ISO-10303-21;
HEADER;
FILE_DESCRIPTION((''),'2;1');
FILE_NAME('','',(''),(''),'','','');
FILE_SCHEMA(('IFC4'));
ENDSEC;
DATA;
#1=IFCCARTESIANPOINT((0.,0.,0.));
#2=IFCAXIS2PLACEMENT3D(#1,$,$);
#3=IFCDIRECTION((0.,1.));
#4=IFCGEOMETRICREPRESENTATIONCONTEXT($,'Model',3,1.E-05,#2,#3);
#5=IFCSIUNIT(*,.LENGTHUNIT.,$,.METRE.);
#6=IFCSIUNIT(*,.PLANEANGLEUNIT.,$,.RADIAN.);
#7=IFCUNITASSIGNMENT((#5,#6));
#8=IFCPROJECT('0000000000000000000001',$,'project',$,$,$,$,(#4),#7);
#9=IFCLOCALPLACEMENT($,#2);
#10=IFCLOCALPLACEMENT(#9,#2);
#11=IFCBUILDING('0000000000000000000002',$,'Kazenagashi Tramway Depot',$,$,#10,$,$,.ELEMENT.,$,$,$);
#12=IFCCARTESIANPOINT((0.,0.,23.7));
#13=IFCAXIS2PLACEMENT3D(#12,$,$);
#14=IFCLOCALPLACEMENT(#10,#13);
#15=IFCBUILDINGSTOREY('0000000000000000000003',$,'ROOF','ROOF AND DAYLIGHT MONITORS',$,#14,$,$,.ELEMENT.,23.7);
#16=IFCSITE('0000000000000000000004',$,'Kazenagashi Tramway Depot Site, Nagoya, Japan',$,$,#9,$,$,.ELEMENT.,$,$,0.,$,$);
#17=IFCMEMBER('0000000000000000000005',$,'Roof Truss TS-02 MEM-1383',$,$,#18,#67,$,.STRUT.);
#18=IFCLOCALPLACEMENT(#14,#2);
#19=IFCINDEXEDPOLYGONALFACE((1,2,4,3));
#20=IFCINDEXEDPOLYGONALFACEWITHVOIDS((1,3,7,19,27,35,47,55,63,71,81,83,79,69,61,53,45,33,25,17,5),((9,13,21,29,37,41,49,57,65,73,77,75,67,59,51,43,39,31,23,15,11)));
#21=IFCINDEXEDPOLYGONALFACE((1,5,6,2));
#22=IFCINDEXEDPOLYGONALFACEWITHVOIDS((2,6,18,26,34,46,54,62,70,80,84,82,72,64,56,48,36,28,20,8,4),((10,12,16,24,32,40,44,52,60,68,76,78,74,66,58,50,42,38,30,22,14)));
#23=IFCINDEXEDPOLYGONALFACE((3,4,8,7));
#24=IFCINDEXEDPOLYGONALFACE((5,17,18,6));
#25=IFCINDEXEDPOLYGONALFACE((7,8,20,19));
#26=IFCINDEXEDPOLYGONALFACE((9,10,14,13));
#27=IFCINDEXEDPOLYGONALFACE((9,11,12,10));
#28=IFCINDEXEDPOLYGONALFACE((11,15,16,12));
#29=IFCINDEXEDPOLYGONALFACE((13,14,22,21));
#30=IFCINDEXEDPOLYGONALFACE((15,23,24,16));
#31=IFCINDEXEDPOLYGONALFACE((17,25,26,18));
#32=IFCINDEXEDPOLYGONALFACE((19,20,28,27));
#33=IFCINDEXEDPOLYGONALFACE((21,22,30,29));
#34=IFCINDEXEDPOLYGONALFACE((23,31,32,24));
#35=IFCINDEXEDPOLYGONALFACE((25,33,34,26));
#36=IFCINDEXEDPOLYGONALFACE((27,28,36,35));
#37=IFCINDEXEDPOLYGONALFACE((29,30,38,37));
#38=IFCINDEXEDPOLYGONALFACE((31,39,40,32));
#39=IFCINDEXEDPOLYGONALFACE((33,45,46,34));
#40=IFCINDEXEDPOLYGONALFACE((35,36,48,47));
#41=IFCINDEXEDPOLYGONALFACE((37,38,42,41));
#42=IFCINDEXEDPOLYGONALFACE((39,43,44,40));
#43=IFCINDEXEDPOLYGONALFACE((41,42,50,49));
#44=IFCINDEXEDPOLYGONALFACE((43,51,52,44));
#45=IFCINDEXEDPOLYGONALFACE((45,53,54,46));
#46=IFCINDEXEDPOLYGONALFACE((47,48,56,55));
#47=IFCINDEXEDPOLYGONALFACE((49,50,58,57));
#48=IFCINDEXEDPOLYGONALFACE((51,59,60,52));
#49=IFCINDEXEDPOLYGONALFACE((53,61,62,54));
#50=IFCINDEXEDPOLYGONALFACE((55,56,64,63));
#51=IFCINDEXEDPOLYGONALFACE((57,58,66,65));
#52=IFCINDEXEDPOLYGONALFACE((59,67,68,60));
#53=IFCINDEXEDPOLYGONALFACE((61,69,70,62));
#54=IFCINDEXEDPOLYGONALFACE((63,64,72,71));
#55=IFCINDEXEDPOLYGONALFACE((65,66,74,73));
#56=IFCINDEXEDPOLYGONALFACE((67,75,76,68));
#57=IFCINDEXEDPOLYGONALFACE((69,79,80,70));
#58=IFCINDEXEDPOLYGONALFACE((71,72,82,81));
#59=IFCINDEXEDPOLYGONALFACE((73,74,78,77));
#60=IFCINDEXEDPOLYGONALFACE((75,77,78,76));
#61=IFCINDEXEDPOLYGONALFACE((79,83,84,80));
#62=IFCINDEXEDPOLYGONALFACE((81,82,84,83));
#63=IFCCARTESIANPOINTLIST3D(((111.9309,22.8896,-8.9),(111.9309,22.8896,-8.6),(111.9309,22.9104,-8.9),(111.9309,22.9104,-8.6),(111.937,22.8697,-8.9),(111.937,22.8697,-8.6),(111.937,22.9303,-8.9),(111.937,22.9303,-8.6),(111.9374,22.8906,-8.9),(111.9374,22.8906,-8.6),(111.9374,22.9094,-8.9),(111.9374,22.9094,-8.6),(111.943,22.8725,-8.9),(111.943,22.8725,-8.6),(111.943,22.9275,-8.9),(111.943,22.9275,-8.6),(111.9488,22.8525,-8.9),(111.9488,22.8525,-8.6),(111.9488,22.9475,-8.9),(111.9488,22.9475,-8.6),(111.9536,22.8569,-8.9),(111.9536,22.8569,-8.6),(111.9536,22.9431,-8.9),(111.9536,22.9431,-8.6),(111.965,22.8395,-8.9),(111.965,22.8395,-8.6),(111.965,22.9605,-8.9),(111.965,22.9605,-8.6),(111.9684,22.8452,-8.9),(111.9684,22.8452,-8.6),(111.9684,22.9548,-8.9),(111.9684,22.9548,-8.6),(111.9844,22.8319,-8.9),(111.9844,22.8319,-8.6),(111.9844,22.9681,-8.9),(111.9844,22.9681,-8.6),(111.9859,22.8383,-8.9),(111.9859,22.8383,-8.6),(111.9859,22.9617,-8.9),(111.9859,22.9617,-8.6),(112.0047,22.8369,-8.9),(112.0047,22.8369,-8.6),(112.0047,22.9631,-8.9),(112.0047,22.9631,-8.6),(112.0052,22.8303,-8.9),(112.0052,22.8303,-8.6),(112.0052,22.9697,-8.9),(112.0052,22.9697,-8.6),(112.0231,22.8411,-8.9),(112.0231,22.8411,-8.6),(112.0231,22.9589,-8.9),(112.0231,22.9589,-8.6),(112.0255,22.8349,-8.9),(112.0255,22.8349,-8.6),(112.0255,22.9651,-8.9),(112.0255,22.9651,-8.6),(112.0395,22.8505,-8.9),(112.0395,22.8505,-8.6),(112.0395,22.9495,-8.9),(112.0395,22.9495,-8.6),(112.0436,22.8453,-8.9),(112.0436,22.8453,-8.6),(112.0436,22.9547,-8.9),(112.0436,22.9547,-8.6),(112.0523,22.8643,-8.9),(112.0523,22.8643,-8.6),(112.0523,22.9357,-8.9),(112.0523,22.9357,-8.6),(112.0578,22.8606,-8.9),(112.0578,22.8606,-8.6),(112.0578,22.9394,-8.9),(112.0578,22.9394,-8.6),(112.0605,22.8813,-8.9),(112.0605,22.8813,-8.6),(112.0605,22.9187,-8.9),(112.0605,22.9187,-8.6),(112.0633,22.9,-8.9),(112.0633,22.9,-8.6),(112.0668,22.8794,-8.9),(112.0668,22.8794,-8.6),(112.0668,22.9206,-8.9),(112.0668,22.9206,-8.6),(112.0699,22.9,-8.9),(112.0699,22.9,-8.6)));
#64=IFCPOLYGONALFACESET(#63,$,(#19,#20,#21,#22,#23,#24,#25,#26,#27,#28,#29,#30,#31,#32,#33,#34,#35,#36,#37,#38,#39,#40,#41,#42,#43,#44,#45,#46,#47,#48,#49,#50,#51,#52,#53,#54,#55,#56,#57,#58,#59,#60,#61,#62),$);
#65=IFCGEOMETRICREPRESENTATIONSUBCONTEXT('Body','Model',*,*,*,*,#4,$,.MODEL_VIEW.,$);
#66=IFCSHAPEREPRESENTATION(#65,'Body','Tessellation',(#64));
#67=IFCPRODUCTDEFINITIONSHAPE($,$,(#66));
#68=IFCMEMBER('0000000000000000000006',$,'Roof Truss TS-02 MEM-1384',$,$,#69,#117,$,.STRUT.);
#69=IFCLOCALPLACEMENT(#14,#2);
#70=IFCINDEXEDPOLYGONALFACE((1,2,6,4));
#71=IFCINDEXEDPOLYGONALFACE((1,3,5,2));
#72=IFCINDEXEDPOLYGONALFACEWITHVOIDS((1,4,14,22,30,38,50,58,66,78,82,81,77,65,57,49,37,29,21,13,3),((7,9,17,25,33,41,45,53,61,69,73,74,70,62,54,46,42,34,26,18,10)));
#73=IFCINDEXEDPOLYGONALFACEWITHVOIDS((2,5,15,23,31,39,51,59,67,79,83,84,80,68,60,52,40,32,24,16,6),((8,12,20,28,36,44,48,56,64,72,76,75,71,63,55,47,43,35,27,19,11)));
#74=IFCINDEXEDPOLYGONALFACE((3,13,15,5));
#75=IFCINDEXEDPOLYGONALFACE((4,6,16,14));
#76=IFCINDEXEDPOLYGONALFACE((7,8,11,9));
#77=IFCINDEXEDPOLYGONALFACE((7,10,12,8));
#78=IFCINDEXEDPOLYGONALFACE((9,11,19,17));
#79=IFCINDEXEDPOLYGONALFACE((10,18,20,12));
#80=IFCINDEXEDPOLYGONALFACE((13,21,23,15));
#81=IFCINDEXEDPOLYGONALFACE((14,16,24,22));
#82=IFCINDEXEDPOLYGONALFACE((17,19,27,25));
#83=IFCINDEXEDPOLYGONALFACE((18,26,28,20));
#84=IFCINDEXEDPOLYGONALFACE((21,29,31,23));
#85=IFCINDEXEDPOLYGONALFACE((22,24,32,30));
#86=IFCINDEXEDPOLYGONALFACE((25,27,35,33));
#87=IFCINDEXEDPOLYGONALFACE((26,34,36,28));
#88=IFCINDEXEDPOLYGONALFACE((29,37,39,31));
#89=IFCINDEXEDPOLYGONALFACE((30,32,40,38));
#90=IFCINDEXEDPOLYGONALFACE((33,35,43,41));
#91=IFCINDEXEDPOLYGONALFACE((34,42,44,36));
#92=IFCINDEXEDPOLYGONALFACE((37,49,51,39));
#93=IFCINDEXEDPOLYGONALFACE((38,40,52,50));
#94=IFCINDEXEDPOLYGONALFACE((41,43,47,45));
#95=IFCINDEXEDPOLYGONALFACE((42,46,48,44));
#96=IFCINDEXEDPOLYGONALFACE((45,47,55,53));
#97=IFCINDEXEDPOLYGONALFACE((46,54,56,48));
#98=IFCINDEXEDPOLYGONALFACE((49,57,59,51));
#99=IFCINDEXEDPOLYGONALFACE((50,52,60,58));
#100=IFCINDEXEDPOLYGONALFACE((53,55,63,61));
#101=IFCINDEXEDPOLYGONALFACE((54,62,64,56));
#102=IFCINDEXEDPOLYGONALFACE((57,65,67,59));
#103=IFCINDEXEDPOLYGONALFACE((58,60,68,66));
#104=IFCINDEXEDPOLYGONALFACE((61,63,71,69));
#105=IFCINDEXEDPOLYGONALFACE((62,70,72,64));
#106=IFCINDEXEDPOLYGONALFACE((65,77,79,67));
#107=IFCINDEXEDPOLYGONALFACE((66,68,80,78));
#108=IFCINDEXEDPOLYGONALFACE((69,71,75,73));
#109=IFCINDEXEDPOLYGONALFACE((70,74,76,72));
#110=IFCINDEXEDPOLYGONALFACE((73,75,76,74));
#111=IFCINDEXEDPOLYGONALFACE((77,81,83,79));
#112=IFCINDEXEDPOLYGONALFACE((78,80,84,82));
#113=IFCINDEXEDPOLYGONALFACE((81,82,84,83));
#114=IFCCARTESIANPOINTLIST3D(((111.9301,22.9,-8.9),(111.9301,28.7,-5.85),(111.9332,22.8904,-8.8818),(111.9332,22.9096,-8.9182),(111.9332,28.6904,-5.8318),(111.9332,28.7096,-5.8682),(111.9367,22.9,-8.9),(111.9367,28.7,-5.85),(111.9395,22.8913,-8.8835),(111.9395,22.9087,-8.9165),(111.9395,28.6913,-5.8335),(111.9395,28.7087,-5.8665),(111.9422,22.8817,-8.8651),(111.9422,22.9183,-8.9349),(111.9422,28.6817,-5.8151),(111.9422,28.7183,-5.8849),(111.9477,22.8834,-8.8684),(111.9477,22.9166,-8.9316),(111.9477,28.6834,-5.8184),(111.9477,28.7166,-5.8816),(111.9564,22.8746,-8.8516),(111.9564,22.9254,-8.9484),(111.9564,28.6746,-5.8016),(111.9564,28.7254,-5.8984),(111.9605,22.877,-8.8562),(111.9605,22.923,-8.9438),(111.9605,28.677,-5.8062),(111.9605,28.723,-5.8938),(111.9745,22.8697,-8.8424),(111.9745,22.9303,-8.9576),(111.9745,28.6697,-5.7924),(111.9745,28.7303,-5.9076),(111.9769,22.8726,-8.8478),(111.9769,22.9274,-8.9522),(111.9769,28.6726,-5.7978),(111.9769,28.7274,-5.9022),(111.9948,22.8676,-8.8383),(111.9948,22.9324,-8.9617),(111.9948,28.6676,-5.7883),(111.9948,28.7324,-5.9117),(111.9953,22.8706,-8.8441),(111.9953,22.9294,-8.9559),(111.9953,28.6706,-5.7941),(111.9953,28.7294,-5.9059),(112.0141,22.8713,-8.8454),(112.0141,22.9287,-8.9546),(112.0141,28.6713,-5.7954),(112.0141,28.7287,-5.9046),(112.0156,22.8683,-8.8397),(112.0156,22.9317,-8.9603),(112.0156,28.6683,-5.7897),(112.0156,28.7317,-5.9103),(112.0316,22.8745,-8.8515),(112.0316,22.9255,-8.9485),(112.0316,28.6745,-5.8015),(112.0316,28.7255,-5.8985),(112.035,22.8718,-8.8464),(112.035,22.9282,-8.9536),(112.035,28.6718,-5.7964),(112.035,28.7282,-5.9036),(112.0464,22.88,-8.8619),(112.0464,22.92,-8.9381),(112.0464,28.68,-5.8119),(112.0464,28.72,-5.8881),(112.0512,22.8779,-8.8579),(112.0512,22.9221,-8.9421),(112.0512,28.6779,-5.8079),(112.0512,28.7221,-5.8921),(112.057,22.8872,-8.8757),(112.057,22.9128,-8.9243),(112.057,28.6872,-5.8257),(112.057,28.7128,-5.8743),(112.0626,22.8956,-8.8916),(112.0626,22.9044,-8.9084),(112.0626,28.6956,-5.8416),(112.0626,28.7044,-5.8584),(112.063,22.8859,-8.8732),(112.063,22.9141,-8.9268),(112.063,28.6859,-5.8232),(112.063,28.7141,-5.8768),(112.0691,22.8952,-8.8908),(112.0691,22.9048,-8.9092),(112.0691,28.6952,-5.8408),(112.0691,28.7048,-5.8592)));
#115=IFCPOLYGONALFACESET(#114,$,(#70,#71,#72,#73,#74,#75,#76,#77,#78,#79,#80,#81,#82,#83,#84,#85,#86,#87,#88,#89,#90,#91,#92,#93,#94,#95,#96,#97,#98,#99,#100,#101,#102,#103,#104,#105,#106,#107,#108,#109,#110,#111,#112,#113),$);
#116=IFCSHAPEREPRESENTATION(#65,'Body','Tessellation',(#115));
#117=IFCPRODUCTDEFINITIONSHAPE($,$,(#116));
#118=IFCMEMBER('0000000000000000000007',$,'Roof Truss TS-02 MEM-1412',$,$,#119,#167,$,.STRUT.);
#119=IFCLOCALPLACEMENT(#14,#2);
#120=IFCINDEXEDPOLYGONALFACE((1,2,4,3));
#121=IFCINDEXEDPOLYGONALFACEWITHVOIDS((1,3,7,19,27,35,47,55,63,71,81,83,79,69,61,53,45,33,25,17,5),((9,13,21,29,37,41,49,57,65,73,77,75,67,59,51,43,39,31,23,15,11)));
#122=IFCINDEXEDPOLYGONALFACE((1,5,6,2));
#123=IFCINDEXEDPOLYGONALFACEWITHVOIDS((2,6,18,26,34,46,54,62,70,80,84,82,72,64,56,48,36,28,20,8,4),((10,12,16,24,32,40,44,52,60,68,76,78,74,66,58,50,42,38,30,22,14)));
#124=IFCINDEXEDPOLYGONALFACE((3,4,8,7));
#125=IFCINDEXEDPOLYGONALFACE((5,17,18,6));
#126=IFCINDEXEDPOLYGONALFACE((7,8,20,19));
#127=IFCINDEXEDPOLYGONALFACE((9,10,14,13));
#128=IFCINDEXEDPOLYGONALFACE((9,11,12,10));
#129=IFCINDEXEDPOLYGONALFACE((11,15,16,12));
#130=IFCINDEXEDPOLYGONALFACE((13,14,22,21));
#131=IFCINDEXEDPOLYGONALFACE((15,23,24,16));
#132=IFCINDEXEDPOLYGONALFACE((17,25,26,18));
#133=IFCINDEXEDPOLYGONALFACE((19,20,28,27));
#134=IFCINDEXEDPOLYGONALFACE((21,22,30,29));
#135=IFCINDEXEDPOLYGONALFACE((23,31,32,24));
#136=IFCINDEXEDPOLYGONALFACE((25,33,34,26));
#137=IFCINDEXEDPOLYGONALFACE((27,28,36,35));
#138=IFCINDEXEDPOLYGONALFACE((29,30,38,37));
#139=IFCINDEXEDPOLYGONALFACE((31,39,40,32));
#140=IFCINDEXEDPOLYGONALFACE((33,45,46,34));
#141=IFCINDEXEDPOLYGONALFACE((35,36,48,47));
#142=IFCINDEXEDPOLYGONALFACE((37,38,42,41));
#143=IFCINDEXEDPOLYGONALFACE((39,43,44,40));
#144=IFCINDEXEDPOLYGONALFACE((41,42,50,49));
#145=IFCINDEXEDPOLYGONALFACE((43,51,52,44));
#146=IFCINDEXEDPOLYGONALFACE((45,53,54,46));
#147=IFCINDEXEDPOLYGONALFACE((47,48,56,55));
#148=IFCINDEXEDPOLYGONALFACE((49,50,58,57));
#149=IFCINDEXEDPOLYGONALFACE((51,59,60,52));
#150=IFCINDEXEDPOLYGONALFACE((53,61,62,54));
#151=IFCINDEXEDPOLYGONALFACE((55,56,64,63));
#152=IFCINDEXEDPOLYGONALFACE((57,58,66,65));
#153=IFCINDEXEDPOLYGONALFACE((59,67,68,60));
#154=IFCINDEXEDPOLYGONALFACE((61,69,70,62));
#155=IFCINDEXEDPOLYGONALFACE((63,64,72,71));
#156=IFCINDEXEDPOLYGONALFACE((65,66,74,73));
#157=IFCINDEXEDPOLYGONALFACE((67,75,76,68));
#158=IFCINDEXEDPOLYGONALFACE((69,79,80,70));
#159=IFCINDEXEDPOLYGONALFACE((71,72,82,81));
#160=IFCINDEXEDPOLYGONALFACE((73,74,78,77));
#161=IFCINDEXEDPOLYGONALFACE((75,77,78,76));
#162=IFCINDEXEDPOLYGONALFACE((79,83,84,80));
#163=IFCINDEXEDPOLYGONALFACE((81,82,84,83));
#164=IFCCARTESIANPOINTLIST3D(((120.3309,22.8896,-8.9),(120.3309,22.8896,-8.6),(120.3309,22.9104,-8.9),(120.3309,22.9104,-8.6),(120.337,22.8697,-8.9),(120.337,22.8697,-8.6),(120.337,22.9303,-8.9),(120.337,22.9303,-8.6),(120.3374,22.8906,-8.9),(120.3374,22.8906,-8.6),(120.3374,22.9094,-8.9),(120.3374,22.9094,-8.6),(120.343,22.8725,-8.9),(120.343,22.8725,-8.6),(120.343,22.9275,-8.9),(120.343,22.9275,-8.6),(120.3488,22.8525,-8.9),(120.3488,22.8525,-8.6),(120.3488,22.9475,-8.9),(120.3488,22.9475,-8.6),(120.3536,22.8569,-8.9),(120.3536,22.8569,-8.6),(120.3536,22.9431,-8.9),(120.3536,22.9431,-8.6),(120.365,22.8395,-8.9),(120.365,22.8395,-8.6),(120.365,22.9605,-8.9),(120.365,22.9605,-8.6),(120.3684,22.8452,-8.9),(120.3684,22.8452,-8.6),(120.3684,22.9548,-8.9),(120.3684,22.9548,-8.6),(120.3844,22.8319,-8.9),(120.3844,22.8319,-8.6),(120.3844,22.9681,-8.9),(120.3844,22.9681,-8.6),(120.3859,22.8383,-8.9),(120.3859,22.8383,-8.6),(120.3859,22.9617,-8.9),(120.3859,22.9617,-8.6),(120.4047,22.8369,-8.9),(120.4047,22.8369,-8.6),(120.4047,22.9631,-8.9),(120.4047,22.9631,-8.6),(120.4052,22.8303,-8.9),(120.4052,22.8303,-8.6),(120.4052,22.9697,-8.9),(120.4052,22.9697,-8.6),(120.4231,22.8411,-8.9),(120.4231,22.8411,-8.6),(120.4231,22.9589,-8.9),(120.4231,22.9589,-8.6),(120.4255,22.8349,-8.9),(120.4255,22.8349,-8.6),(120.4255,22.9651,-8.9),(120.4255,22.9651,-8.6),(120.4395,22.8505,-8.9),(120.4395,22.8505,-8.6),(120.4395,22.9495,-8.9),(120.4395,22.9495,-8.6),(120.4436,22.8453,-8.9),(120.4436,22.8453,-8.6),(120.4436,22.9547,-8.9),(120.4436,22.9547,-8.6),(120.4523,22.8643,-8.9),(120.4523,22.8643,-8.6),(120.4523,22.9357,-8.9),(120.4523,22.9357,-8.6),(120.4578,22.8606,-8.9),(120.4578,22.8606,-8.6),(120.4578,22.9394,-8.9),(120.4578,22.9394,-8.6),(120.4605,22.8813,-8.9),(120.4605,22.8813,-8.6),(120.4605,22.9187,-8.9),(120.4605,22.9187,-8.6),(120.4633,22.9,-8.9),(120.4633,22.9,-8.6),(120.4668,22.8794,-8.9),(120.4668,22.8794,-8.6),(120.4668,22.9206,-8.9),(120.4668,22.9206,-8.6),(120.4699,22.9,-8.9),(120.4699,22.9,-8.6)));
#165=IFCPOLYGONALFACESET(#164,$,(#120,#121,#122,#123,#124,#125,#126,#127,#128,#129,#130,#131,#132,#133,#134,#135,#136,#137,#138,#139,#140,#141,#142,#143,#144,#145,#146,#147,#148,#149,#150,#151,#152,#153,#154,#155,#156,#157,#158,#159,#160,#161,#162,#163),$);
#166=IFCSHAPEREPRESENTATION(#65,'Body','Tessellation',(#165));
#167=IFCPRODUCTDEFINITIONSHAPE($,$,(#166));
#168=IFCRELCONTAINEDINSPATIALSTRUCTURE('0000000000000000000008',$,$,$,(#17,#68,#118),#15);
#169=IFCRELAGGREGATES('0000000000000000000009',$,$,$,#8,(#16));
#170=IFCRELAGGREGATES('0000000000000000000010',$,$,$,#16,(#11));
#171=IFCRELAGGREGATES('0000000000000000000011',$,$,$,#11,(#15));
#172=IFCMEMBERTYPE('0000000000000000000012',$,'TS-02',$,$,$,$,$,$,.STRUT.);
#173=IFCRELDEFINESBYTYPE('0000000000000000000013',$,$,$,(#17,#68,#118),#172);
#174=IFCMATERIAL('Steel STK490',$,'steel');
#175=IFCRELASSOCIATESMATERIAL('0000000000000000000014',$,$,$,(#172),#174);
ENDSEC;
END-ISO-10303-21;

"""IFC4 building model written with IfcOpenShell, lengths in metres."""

from ifc_helpers import new_model, si_unit, direction, frame, origin, origin_2d, place, context, subcontext, project, spatial, hollow_circle, extrude, material, material_profile, profile_set, type_object, element, save


model = new_model("IFC4")

# Units and contexts
model_context = context("Model", 3, precision=1e-05, world=origin(), true_north=direction((0.0, 1.0)))
body_context = subcontext(model_context, "Body", "Model", "MODEL_VIEW")
ifc_project = project(units=[si_unit("LENGTHUNIT", "METRE"), si_unit("PLANEANGLEUNIT", "RADIAN")], contexts=[model_context])

# Site, building, storey
site_placement = place(None, origin())
site = spatial("IfcSite", under=ifc_project, at=site_placement, Name="Kazenagashi Tramway Depot Site, Nagoya, Japan", CompositionType="ELEMENT", RefElevation=0.0)
building_placement = place(site_placement, origin())
building = spatial("IfcBuilding", under=site, at=building_placement, Name="Kazenagashi Tramway Depot", CompositionType="ELEMENT")
storey_placement = place(building_placement, frame((0.0, 0.0, 23.7)))
storey = spatial("IfcBuildingStorey", under=building, at=storey_placement, Name="ROOF", Description="ROOF AND DAYLIGHT MONITORS", CompositionType="ELEMENT", Elevation=23.7)

# Members
ifc_material_1 = material(Name="Steel STK490", Category="steel")
ifc_material_profile_1 = material_profile(ifc_material_1, hollow_circle(Radius=0.0699, WallThickness=0.0066, at=origin_2d()), Name="CHS-139.8x6.6")
ifc_profile_set_1 = profile_set([ifc_material_profile_1], Name="Steel STK490")
member_type_1 = type_object("IfcMemberType", Name="TS-02", PredefinedType="STRUT", material=ifc_profile_set_1)
member_1_placement = place(storey_placement, frame((112.0, 22.9, -8.9), z_axis=(0.0, 0.0, 1.0), x_axis=(1.0, 0.0, 0.0)))
element("IfcMember", 1, at=member_1_placement, inside=storey, type_object=member_type_1, Name="Roof Truss TS-02 MEM-1383", PredefinedType="STRUT", context=body_context, shape_type="SweptSolid", body=[
    extrude(hollow_circle(Radius=0.0699, WallThickness=0.0066, at=origin_2d()), origin(), (0.0, 0.0, 1.0), 0.3),
])
member_2_placement = place(storey_placement, frame((112.0, 22.9, -8.9), z_axis=(0.0, 0.885084, 0.465432), x_axis=(-1.0, 0.0, 0.0)))
element("IfcMember", 2, at=member_2_placement, inside=storey, type_object=member_type_1, Name="Roof Truss TS-02 MEM-1384", PredefinedType="STRUT", context=body_context, shape_type="SweptSolid", body=[
    extrude(hollow_circle(Radius=0.0699, WallThickness=0.0066, at=origin_2d()), origin(), (0.0, 0.0, 1.0), 6.5531),
])
member_3_placement = place(storey_placement, frame((120.4, 22.9, -8.9), z_axis=(0.0, 0.0, 1.0), x_axis=(1.0, 0.0, 0.0)))
element("IfcMember", 3, at=member_3_placement, inside=storey, type_object=member_type_1, Name="Roof Truss TS-02 MEM-1412", PredefinedType="STRUT", context=body_context, shape_type="SweptSolid", body=[
    extrude(hollow_circle(Radius=0.0699, WallThickness=0.0066, at=origin_2d()), origin(), (0.0, 0.0, 1.0), 0.3),
])

save(model, "model.ifc")
